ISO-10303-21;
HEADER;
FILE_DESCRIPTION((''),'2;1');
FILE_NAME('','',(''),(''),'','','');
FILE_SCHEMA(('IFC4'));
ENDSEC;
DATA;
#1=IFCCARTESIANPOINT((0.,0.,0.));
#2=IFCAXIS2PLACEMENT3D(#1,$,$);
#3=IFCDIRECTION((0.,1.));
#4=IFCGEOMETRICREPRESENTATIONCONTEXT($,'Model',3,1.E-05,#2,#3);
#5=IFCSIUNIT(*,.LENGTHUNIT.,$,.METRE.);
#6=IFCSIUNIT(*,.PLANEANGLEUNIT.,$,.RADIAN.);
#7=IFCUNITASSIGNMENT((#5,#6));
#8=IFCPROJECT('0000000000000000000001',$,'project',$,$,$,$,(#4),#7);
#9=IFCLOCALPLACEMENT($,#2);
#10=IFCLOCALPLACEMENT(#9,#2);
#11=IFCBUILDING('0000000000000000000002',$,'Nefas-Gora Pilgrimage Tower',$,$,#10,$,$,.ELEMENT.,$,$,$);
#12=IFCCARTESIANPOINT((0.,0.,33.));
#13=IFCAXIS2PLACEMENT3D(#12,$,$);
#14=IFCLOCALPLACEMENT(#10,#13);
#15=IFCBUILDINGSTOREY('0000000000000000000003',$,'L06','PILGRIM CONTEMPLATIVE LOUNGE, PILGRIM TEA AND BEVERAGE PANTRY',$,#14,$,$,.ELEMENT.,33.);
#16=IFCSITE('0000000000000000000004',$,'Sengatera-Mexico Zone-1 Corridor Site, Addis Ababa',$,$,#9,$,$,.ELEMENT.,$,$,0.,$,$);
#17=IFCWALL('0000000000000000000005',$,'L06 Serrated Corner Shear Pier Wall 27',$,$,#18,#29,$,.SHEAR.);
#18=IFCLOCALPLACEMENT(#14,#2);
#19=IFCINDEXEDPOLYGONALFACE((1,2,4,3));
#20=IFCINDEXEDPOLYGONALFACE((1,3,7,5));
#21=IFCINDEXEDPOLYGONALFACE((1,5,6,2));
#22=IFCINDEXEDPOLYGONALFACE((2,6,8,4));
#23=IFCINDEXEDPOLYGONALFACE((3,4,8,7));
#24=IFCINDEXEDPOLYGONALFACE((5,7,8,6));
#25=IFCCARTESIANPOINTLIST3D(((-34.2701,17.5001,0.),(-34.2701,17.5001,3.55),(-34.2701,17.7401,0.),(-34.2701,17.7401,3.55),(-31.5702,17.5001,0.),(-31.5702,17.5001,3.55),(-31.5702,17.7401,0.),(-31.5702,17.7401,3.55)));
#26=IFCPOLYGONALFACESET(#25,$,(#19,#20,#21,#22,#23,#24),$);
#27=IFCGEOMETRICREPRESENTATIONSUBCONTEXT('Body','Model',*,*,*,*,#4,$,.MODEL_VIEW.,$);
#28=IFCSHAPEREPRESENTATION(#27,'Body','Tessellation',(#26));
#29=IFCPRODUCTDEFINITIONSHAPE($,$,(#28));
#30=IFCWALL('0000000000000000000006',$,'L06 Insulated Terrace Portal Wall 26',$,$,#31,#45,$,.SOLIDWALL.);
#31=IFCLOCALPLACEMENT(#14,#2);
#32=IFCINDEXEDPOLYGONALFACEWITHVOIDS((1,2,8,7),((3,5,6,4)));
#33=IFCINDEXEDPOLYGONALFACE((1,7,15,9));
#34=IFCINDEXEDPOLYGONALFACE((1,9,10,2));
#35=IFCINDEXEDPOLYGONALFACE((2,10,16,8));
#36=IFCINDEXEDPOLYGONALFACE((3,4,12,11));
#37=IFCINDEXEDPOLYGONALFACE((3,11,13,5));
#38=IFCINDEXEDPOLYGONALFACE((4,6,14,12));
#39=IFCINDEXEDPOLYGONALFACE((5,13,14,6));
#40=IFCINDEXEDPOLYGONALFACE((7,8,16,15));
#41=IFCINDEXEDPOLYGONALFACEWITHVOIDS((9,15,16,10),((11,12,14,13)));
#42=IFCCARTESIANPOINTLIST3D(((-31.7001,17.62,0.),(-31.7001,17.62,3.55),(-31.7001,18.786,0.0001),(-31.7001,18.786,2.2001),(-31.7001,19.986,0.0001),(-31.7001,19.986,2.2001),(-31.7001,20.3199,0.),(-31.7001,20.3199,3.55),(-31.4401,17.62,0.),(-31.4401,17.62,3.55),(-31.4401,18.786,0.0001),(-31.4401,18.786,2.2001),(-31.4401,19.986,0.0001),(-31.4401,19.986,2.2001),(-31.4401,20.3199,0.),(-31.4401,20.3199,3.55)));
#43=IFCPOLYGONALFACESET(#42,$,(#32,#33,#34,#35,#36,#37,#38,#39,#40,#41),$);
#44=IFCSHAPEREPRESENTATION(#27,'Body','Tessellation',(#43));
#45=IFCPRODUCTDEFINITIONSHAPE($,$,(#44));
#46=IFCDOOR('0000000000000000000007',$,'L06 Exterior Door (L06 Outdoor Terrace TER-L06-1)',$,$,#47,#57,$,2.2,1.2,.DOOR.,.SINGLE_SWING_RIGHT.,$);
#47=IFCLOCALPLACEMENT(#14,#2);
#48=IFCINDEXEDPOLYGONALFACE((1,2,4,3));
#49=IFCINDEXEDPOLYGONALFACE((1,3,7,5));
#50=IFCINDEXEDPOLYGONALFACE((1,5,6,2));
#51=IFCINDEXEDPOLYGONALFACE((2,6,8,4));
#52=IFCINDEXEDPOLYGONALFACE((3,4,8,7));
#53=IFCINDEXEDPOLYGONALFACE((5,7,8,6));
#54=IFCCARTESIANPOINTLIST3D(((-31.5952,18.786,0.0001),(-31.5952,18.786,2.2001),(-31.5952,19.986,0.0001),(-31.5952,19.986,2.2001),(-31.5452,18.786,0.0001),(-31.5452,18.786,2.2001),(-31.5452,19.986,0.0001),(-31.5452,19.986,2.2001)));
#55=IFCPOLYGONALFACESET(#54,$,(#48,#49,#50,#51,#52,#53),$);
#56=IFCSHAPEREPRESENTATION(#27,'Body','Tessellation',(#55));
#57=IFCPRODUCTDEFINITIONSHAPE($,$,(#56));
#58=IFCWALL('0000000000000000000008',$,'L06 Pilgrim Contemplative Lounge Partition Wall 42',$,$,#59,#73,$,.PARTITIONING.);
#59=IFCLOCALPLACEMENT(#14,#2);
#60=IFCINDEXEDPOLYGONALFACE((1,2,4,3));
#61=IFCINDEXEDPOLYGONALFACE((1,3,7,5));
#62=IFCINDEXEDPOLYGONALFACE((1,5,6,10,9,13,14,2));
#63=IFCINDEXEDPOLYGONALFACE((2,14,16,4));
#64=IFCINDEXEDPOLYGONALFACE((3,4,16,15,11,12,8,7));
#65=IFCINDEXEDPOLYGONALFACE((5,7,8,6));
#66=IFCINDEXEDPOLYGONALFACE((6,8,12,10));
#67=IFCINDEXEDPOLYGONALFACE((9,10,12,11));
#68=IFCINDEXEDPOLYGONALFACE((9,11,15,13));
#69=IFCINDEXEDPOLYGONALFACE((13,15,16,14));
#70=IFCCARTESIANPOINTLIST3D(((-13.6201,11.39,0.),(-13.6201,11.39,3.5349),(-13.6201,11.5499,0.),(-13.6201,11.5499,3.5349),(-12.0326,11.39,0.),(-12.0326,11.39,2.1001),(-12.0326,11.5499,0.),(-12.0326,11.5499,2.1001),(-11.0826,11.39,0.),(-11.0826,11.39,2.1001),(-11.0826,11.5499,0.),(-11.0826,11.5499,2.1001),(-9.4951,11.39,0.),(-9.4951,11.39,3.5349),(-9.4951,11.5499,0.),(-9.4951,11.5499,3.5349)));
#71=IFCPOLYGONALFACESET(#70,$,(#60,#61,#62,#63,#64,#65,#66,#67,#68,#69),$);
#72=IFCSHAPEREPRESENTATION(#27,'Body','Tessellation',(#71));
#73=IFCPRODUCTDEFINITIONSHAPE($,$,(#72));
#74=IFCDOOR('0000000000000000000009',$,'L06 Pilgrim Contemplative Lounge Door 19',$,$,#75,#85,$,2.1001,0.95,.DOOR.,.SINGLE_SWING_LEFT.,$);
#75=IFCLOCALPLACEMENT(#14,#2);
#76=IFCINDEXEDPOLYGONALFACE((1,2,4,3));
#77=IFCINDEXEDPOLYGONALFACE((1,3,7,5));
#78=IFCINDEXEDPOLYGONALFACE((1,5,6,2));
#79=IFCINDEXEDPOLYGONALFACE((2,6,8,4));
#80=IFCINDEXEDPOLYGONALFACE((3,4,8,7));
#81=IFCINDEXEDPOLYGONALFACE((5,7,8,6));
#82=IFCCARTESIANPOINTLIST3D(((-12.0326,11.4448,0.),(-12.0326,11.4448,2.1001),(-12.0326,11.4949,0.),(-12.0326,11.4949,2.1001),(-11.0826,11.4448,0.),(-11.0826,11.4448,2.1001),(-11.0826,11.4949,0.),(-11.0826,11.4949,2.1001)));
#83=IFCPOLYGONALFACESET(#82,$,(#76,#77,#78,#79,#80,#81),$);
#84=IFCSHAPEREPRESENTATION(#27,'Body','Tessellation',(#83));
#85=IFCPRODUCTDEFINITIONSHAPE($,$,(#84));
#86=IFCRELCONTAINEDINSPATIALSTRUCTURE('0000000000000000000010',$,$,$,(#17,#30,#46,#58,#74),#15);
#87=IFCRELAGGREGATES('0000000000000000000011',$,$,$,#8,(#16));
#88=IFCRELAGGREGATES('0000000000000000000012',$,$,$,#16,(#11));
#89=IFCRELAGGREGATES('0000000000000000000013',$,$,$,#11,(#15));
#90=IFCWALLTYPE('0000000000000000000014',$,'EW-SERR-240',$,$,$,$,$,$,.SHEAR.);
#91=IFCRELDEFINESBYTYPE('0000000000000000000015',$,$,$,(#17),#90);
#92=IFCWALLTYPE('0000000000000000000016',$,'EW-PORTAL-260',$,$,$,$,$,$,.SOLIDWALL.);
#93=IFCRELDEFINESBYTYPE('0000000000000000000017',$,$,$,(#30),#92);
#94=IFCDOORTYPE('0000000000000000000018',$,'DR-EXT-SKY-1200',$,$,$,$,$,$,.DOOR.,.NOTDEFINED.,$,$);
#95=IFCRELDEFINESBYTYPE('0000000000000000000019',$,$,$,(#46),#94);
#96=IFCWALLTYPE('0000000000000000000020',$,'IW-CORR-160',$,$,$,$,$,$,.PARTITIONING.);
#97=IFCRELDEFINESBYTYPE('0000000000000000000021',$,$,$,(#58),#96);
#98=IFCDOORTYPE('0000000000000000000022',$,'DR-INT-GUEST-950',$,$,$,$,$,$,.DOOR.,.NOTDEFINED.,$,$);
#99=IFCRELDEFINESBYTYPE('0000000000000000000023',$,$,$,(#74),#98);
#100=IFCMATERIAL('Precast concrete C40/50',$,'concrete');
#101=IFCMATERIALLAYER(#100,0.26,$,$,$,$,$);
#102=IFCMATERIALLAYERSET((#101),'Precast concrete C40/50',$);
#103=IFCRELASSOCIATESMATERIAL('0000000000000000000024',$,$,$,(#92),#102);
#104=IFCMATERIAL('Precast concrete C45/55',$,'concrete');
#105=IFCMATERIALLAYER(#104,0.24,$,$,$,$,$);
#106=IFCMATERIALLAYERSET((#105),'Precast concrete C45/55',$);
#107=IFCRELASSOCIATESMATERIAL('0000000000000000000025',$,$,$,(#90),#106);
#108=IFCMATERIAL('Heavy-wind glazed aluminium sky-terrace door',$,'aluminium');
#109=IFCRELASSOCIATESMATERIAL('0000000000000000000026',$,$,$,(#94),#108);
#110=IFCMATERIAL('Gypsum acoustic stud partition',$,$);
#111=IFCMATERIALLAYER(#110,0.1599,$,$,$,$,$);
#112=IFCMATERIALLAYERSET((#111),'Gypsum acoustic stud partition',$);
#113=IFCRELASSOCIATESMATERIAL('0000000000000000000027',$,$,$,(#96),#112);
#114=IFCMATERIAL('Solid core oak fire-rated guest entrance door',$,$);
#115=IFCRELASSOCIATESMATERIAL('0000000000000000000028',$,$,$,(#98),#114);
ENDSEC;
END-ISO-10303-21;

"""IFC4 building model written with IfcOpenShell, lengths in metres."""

from ifc_helpers import new_model, si_unit, direction, frame, frame_2d, origin, place, context, subcontext, project, spatial, rectangle, extrude, source, transform, mapped, material, layer, layer_set, type_object, element, fill, save


model = new_model("IFC4")

# Units and contexts
model_context = context("Model", 3, precision=1e-05, world=origin(), true_north=direction((0.0, 1.0)))
body_context = subcontext(model_context, "Body", "Model", "MODEL_VIEW")
ifc_project = project(units=[si_unit("LENGTHUNIT", "METRE"), si_unit("PLANEANGLEUNIT", "RADIAN")], contexts=[model_context])

# Site, building, storey
site_placement = place(None, origin())
site = spatial("IfcSite", under=ifc_project, at=site_placement, Name="Sengatera-Mexico Zone-1 Corridor Site, Addis Ababa", CompositionType="ELEMENT", RefElevation=0.0)
building_placement = place(site_placement, origin())
building = spatial("IfcBuilding", under=site, at=building_placement, Name="Nefas-Gora Pilgrimage Tower", CompositionType="ELEMENT")
storey_placement = place(building_placement, frame((0.0, 0.0, 33.0)))
storey = spatial("IfcBuildingStorey", under=building, at=storey_placement, Name="L06", Description="PILGRIM CONTEMPLATIVE LOUNGE, PILGRIM TEA AND BEVERAGE PANTRY", CompositionType="ELEMENT", Elevation=33.0)

# Shared definitions
ifc_material_1 = material(Name="Precast concrete C40/50", Category="concrete")
ifc_layer_1 = layer(ifc_material_1, 0.26)
ifc_layer_set_1 = layer_set([ifc_layer_1], Name="Precast concrete C40/50")
wall_type_1 = type_object("IfcWallType", Name="EW-PORTAL-260", PredefinedType="SOLIDWALL", material=ifc_layer_set_1)
ifc_material_2 = material(Name="Precast concrete C45/55", Category="concrete")
ifc_layer_2 = layer(ifc_material_2, 0.24)
ifc_layer_set_2 = layer_set([ifc_layer_2], Name="Precast concrete C45/55")
wall_type_2 = type_object("IfcWallType", Name="EW-SERR-240", PredefinedType="SHEAR", material=ifc_layer_set_2)
shared_shape_1 = source(origin(), body_context, "Body", "SweptSolid", [
    extrude(rectangle(XDim=2.7, YDim=0.24, at=frame_2d((1.3501, 0.0))), origin(), (0.0, 0.0, 1.0), 3.55),
])

# Wall
wall_1_placement = place(storey_placement, frame((-31.5701, 17.6201, 0.0), z_axis=(0.0, 0.0, 1.0), x_axis=(-1.0, 0.0, 0.0)))
element("IfcWall", 1, at=wall_1_placement, inside=storey, type_object=wall_type_2, Name="L06 Serrated Corner Shear Pier Wall 27", PredefinedType="SHEAR", context=body_context, shape_type="MappedRepresentation", body=[
    mapped(shared_shape_1, transform((0.0, 0.0, 0.0), x_axis=(1.0, 0.0, 0.0), y_axis=(0.0, 1.0, 0.0), z_axis=(0.0, 0.0, 1.0), scale=1.0)),
])

# Walls, openings, doors
shared_shape_2 = source(origin(), body_context, "Body", "SweptSolid", [
    extrude(rectangle(XDim=2.7, YDim=0.26, at=frame_2d((1.3501, 0.0))), origin(), (0.0, 0.0, 1.0), 3.55),
])
wall_2_placement = place(storey_placement, frame((-31.5701, 20.3201, 0.0), z_axis=(0.0, 0.0, 1.0), x_axis=(0.0, -1.0, 0.0)))
wall_2 = element("IfcWall", 2, at=wall_2_placement, inside=storey, type_object=wall_type_1, Name="L06 Insulated Terrace Portal Wall 26", PredefinedType="SOLIDWALL", context=body_context, shape_type="MappedRepresentation", body=[
    mapped(shared_shape_2, transform((0.0, 0.0, 0.0), x_axis=(1.0, 0.0, 0.0), y_axis=(0.0, 1.0, 0.0), z_axis=(0.0, 0.0, 1.0), scale=1.0)),
])
opening_1_placement = place(wall_2_placement, frame((0.334, 0.0, 0.0)))
opening_1 = element("IfcOpeningElement", 3, at=opening_1_placement, cuts=wall_2, PredefinedType="OPENING", context=body_context, shape_type="SweptSolid", body=[
    extrude(rectangle(XDim=1.2, YDim=2.2, at=frame_2d((0.6001, 1.1001))), frame((0.0, 0.1399, 0.0), z_axis=(0.0, -1.0, 0.0), x_axis=(1.0, 0.0, 0.0)), (0.0, 0.0, 1.0), 0.28),
])
ifc_material_3 = material(Name="Heavy-wind glazed aluminium sky-terrace door", Category="aluminium")
door_type_1 = type_object("IfcDoorType", Name="DR-EXT-SKY-1200", OperationType="NOTDEFINED", PredefinedType="DOOR", material=ifc_material_3)
shared_shape_3 = source(origin(), body_context, "Body", "SweptSolid", [
    extrude(rectangle(XDim=1.2, YDim=2.2, at=frame_2d((0.6001, 1.1001))), frame((0.0, 0.0249, 0.0), z_axis=(0.0, -1.0, 0.0), x_axis=(1.0, 0.0, 0.0)), (0.0, 0.0, 1.0), 0.05),
])
door_1_placement = place(opening_1_placement, origin())
door_1 = element("IfcDoor", 4, at=door_1_placement, inside=storey, type_object=door_type_1, Name="L06 Exterior Door (L06 Outdoor Terrace TER-L06-1)", OperationType="SINGLE_SWING_RIGHT", OverallHeight=2.2, OverallWidth=1.2, PredefinedType="DOOR", context=body_context, shape_type="MappedRepresentation", body=[
    mapped(shared_shape_3, transform((0.0, 0.0, 0.0), x_axis=(1.0, 0.0, 0.0), y_axis=(0.0, 1.0, 0.0), z_axis=(0.0, 0.0, 1.0), scale=1.0)),
])
fill(opening_1, door_1)
ifc_material_4 = material(Name="Gypsum acoustic stud partition")
ifc_layer_3 = layer(ifc_material_4, 0.1599)
ifc_layer_set_3 = layer_set([ifc_layer_3], Name="Gypsum acoustic stud partition")
wall_type_3 = type_object("IfcWallType", Name="IW-CORR-160", PredefinedType="PARTITIONING", material=ifc_layer_set_3)
shared_shape_4 = source(origin(), body_context, "Body", "SweptSolid", [
    extrude(rectangle(XDim=4.125, YDim=0.1599, at=frame_2d((2.0625, 0.0))), origin(), (0.0, 0.0, 1.0), 3.5349),
])
wall_3_placement = place(storey_placement, frame((-13.6201, 11.47, 0.0), z_axis=(0.0, 0.0, 1.0), x_axis=(1.0, 0.0, 0.0)))
wall_3 = element("IfcWall", 5, at=wall_3_placement, inside=storey, type_object=wall_type_3, Name="L06 Pilgrim Contemplative Lounge Partition Wall 42", PredefinedType="PARTITIONING", context=body_context, shape_type="MappedRepresentation", body=[
    mapped(shared_shape_4, transform((0.0, 0.0, 0.0), x_axis=(1.0, 0.0, 0.0), y_axis=(0.0, 1.0, 0.0), z_axis=(0.0, 0.0, 1.0), scale=1.0)),
])
opening_2_placement = place(wall_3_placement, frame((1.5874, 0.0, 0.0)))
opening_2 = element("IfcOpeningElement", 6, at=opening_2_placement, cuts=wall_3, PredefinedType="OPENING", context=body_context, shape_type="SweptSolid", body=[
    extrude(rectangle(XDim=0.95, YDim=2.1001, at=frame_2d((0.4751, 1.05))), frame((0.0, 0.0898, 0.0), z_axis=(0.0, -1.0, 0.0), x_axis=(1.0, 0.0, 0.0)), (0.0, 0.0, 1.0), 0.1799),
])
ifc_material_5 = material(Name="Solid core oak fire-rated guest entrance door")
door_type_2 = type_object("IfcDoorType", Name="DR-INT-GUEST-950", OperationType="NOTDEFINED", PredefinedType="DOOR", material=ifc_material_5)
shared_shape_5 = source(origin(), body_context, "Body", "SweptSolid", [
    extrude(rectangle(XDim=0.95, YDim=2.1001, at=frame_2d((0.4751, 1.05))), frame((0.0, 0.0249, 0.0), z_axis=(0.0, -1.0, 0.0), x_axis=(1.0, 0.0, 0.0)), (0.0, 0.0, 1.0), 0.05),
])
door_2_placement = place(opening_2_placement, origin())
door_2 = element("IfcDoor", 7, at=door_2_placement, inside=storey, type_object=door_type_2, Name="L06 Pilgrim Contemplative Lounge Door 19", OperationType="SINGLE_SWING_LEFT", OverallHeight=2.1001, OverallWidth=0.95, PredefinedType="DOOR", context=body_context, shape_type="MappedRepresentation", body=[
    mapped(shared_shape_5, transform((0.0, 0.0, 0.0), x_axis=(1.0, 0.0, 0.0), y_axis=(0.0, 1.0, 0.0), z_axis=(0.0, 0.0, 1.0), scale=1.0)),
])
fill(opening_2, door_2)

save(model, "model.ifc")
